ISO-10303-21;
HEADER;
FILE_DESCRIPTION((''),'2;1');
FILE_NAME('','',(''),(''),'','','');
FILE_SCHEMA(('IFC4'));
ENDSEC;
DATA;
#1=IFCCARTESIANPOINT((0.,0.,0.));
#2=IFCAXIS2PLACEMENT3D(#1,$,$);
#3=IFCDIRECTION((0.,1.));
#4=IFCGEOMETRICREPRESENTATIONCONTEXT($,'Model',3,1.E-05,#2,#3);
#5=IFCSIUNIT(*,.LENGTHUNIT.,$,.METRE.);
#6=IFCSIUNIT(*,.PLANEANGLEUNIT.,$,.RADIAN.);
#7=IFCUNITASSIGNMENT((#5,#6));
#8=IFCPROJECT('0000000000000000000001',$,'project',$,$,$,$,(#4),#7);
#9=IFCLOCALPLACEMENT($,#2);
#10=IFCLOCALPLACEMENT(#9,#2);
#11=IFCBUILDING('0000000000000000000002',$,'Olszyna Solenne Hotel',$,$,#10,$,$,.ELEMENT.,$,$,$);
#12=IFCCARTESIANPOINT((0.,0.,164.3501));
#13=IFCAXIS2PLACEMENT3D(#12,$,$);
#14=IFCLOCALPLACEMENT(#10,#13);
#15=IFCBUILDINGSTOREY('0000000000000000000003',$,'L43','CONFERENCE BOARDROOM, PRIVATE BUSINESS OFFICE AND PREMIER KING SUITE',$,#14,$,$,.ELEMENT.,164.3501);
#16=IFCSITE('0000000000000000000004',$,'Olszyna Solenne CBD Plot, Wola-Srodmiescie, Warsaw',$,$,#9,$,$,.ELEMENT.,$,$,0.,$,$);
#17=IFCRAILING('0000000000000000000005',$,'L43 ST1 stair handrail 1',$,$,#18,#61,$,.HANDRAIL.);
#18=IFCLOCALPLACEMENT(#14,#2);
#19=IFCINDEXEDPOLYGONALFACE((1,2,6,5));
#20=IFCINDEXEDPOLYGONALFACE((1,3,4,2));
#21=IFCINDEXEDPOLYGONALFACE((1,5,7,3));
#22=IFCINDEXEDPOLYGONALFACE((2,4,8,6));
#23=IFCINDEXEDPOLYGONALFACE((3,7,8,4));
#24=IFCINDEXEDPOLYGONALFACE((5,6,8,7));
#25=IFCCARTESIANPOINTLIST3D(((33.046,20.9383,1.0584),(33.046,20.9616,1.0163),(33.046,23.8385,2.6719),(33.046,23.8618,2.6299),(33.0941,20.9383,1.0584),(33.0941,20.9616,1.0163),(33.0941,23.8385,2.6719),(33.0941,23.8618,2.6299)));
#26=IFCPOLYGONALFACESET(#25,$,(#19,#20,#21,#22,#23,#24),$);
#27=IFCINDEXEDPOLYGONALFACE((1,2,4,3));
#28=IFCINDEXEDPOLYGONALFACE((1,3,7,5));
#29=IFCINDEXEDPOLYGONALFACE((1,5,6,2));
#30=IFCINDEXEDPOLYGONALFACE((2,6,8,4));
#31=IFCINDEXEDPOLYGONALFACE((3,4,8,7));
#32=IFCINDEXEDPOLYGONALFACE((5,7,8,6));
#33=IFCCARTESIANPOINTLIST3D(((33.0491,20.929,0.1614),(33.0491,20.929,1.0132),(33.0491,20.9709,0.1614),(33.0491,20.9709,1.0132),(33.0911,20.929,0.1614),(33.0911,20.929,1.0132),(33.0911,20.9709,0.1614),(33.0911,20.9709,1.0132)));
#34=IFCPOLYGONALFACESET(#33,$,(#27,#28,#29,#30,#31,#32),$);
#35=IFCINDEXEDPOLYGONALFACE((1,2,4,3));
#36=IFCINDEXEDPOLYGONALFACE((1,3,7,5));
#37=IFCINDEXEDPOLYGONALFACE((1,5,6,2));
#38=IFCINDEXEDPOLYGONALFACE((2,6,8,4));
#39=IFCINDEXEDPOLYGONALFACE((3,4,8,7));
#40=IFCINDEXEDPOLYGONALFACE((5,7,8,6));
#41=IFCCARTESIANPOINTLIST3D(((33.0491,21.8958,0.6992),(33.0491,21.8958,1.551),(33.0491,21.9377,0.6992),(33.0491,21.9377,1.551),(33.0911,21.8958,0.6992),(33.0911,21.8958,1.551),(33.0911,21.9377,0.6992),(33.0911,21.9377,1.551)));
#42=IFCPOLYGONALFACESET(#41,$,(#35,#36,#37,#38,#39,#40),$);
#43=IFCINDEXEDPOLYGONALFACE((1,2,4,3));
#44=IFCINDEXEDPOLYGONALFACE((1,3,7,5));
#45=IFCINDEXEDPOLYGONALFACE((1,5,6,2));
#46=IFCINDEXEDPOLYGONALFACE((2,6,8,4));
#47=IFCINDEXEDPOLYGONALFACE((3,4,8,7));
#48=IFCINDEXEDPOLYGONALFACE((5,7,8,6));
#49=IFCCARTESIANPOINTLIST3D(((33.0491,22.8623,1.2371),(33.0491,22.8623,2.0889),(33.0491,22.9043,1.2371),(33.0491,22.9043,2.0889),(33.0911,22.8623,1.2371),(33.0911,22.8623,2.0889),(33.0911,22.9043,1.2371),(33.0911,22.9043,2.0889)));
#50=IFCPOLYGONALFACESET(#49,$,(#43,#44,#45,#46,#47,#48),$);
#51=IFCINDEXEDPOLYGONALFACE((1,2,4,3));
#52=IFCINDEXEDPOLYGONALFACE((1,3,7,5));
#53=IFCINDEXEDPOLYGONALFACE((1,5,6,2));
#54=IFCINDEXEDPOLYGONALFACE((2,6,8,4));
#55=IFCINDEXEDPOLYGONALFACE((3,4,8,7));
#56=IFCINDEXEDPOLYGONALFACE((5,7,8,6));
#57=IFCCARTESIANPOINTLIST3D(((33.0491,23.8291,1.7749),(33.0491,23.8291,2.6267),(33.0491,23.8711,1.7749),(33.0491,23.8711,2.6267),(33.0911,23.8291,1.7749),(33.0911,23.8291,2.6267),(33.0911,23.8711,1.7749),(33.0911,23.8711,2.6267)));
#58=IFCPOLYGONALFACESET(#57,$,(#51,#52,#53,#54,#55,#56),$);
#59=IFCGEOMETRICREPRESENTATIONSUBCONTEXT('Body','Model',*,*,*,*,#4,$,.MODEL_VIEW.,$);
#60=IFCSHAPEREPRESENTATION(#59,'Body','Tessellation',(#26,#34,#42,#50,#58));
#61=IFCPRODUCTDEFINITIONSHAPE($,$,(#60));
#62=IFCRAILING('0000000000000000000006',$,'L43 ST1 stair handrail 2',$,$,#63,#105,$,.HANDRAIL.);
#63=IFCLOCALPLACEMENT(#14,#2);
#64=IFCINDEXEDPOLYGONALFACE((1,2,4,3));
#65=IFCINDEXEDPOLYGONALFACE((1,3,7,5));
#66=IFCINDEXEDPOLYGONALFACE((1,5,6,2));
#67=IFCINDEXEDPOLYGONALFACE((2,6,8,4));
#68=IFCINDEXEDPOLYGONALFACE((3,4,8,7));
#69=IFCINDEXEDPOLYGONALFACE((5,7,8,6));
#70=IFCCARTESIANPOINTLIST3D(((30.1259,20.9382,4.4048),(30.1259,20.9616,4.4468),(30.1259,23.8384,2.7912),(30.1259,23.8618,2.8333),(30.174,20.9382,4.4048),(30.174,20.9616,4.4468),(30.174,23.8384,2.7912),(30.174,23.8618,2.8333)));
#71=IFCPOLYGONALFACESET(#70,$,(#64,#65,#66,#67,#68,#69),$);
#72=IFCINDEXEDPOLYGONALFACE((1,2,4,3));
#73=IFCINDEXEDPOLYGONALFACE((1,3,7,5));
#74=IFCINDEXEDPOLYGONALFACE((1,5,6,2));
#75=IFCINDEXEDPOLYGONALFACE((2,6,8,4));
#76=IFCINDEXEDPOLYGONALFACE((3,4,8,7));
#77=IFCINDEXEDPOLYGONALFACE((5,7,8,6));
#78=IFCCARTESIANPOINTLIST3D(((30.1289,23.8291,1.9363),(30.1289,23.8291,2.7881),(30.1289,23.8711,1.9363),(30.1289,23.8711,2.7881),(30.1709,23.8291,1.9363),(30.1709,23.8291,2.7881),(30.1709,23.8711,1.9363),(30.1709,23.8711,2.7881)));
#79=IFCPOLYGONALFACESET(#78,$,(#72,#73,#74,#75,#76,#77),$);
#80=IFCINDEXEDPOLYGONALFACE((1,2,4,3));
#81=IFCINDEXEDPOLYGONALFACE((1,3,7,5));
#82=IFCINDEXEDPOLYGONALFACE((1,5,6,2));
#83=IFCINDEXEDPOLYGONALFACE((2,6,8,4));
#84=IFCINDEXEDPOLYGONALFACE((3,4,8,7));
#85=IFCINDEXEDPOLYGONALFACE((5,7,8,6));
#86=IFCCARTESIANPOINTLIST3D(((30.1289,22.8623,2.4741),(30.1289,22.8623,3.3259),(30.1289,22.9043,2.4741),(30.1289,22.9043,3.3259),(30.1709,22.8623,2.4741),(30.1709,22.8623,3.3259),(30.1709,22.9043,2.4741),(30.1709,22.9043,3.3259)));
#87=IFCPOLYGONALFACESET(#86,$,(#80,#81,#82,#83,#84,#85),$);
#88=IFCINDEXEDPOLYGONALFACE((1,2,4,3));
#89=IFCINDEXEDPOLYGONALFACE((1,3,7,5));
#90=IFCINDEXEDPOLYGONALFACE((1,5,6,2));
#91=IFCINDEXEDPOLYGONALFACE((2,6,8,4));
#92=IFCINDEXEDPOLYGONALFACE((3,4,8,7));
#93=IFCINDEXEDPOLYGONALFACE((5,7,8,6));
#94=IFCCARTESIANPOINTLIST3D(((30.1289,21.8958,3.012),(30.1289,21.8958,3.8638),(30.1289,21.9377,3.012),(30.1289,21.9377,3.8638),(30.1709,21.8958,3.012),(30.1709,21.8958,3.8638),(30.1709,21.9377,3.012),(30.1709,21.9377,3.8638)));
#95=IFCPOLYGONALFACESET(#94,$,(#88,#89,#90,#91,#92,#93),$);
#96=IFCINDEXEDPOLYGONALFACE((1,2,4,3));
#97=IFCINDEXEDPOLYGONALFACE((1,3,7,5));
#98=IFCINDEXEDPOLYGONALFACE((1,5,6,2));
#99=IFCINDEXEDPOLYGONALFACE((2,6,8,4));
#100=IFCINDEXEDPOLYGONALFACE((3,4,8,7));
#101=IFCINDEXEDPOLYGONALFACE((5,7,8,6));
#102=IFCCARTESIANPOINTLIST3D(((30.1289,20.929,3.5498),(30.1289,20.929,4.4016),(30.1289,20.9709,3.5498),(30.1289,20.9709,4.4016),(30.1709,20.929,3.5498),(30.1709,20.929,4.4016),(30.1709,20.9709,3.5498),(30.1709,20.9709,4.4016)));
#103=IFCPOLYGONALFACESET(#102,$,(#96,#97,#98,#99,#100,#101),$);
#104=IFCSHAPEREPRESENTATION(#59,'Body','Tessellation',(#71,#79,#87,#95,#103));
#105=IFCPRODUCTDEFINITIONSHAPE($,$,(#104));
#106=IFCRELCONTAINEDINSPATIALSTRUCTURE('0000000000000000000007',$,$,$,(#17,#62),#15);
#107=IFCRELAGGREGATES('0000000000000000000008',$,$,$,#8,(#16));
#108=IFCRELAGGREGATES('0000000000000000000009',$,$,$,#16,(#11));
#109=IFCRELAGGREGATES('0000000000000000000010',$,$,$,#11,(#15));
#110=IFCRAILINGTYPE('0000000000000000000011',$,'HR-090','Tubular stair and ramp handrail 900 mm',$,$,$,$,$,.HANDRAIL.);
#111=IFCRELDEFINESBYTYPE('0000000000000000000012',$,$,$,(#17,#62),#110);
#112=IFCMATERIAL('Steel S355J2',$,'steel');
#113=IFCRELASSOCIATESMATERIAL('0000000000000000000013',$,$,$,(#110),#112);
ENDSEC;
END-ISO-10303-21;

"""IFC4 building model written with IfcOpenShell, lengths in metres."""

from ifc_helpers import new_model, si_unit, direction, frame, origin, origin_2d, place, context, subcontext, project, spatial, rectangle, extrude, material, type_object, element, save


model = new_model("IFC4")

# Units and contexts
model_context = context("Model", 3, precision=1e-05, world=origin(), true_north=direction((0.0, 1.0)))
body_context = subcontext(model_context, "Body", "Model", "MODEL_VIEW")
ifc_project = project(units=[si_unit("LENGTHUNIT", "METRE"), si_unit("PLANEANGLEUNIT", "RADIAN")], contexts=[model_context])

# Site, building, storey
site_placement = place(None, origin())
site = spatial("IfcSite", under=ifc_project, at=site_placement, Name="Olszyna Solenne CBD Plot, Wola-Srodmiescie, Warsaw", CompositionType="ELEMENT", RefElevation=0.0)
building_placement = place(site_placement, origin())
building = spatial("IfcBuilding", under=site, at=building_placement, Name="Olszyna Solenne Hotel", CompositionType="ELEMENT")
storey_placement = place(building_placement, frame((0.0, 0.0, 164.3501)))
storey = spatial("IfcBuildingStorey", under=building, at=storey_placement, Name="L43", Description="CONFERENCE BOARDROOM, PRIVATE BUSINESS OFFICE AND PREMIER KING SUITE", CompositionType="ELEMENT", Elevation=164.3501)

# Shared definitions
ifc_material_1 = material(Name="Steel S355J2", Category="steel")

# Railings
railing_type_1 = type_object("IfcRailingType", Name="HR-090", Description="Tubular stair and ramp handrail 900 mm", PredefinedType="HANDRAIL", material=ifc_material_1)
railing_1_placement = place(storey_placement, frame((33.0701, 20.95, 0.1614)))
element("IfcRailing", 1, at=railing_1_placement, inside=storey, type_object=railing_type_1, Name="L43 ST1 stair handrail 1", PredefinedType="HANDRAIL", context=body_context, shape_type="SweptSolid", body=[
    extrude(rectangle(XDim=0.0481, YDim=0.0481, at=origin_2d()), frame((0.0, 0.0, 0.876), z_axis=(0.0, 0.873859, 0.48618), x_axis=(-1.0, 0.0, 0.0)), (0.0, 0.0, 1.0), 3.3188),
    extrude(rectangle(XDim=0.042, YDim=0.042, at=origin_2d()), origin(), (0.0, 0.0, 1.0), 0.8518),
    extrude(rectangle(XDim=0.042, YDim=0.042, at=origin_2d()), frame((0.0, 0.9668, 0.5378)), (0.0, 0.0, 1.0), 0.8518),
    extrude(rectangle(XDim=0.042, YDim=0.042, at=origin_2d()), frame((0.0, 1.9333, 1.0757)), (0.0, 0.0, 1.0), 0.8518),
    extrude(rectangle(XDim=0.042, YDim=0.042, at=origin_2d()), frame((0.0, 2.9001, 1.6135)), (0.0, 0.0, 1.0), 0.8518),
])
railing_2_placement = place(storey_placement, frame((30.1499, 23.8501, 1.9363)))
element("IfcRailing", 2, at=railing_2_placement, inside=storey, type_object=railing_type_1, Name="L43 ST1 stair handrail 2", PredefinedType="HANDRAIL", context=body_context, shape_type="SweptSolid", body=[
    extrude(rectangle(XDim=0.0481, YDim=0.0481, at=origin_2d()), frame((0.0, 0.0, 0.876), z_axis=(0.0, -0.873859, 0.48618), x_axis=(1.0, 0.0, 0.0)), (0.0, 0.0, 1.0), 3.3188),
    extrude(rectangle(XDim=0.042, YDim=0.042, at=origin_2d()), origin(), (0.0, 0.0, 1.0), 0.8518),
    extrude(rectangle(XDim=0.042, YDim=0.042, at=origin_2d()), frame((0.0, -0.9668, 0.5378)), (0.0, 0.0, 1.0), 0.8518),
    extrude(rectangle(XDim=0.042, YDim=0.042, at=origin_2d()), frame((0.0, -1.9333, 1.0757)), (0.0, 0.0, 1.0), 0.8518),
    extrude(rectangle(XDim=0.042, YDim=0.042, at=origin_2d()), frame((0.0, -2.9001, 1.6135)), (0.0, 0.0, 1.0), 0.8518),
])

save(model, "model.ifc")
